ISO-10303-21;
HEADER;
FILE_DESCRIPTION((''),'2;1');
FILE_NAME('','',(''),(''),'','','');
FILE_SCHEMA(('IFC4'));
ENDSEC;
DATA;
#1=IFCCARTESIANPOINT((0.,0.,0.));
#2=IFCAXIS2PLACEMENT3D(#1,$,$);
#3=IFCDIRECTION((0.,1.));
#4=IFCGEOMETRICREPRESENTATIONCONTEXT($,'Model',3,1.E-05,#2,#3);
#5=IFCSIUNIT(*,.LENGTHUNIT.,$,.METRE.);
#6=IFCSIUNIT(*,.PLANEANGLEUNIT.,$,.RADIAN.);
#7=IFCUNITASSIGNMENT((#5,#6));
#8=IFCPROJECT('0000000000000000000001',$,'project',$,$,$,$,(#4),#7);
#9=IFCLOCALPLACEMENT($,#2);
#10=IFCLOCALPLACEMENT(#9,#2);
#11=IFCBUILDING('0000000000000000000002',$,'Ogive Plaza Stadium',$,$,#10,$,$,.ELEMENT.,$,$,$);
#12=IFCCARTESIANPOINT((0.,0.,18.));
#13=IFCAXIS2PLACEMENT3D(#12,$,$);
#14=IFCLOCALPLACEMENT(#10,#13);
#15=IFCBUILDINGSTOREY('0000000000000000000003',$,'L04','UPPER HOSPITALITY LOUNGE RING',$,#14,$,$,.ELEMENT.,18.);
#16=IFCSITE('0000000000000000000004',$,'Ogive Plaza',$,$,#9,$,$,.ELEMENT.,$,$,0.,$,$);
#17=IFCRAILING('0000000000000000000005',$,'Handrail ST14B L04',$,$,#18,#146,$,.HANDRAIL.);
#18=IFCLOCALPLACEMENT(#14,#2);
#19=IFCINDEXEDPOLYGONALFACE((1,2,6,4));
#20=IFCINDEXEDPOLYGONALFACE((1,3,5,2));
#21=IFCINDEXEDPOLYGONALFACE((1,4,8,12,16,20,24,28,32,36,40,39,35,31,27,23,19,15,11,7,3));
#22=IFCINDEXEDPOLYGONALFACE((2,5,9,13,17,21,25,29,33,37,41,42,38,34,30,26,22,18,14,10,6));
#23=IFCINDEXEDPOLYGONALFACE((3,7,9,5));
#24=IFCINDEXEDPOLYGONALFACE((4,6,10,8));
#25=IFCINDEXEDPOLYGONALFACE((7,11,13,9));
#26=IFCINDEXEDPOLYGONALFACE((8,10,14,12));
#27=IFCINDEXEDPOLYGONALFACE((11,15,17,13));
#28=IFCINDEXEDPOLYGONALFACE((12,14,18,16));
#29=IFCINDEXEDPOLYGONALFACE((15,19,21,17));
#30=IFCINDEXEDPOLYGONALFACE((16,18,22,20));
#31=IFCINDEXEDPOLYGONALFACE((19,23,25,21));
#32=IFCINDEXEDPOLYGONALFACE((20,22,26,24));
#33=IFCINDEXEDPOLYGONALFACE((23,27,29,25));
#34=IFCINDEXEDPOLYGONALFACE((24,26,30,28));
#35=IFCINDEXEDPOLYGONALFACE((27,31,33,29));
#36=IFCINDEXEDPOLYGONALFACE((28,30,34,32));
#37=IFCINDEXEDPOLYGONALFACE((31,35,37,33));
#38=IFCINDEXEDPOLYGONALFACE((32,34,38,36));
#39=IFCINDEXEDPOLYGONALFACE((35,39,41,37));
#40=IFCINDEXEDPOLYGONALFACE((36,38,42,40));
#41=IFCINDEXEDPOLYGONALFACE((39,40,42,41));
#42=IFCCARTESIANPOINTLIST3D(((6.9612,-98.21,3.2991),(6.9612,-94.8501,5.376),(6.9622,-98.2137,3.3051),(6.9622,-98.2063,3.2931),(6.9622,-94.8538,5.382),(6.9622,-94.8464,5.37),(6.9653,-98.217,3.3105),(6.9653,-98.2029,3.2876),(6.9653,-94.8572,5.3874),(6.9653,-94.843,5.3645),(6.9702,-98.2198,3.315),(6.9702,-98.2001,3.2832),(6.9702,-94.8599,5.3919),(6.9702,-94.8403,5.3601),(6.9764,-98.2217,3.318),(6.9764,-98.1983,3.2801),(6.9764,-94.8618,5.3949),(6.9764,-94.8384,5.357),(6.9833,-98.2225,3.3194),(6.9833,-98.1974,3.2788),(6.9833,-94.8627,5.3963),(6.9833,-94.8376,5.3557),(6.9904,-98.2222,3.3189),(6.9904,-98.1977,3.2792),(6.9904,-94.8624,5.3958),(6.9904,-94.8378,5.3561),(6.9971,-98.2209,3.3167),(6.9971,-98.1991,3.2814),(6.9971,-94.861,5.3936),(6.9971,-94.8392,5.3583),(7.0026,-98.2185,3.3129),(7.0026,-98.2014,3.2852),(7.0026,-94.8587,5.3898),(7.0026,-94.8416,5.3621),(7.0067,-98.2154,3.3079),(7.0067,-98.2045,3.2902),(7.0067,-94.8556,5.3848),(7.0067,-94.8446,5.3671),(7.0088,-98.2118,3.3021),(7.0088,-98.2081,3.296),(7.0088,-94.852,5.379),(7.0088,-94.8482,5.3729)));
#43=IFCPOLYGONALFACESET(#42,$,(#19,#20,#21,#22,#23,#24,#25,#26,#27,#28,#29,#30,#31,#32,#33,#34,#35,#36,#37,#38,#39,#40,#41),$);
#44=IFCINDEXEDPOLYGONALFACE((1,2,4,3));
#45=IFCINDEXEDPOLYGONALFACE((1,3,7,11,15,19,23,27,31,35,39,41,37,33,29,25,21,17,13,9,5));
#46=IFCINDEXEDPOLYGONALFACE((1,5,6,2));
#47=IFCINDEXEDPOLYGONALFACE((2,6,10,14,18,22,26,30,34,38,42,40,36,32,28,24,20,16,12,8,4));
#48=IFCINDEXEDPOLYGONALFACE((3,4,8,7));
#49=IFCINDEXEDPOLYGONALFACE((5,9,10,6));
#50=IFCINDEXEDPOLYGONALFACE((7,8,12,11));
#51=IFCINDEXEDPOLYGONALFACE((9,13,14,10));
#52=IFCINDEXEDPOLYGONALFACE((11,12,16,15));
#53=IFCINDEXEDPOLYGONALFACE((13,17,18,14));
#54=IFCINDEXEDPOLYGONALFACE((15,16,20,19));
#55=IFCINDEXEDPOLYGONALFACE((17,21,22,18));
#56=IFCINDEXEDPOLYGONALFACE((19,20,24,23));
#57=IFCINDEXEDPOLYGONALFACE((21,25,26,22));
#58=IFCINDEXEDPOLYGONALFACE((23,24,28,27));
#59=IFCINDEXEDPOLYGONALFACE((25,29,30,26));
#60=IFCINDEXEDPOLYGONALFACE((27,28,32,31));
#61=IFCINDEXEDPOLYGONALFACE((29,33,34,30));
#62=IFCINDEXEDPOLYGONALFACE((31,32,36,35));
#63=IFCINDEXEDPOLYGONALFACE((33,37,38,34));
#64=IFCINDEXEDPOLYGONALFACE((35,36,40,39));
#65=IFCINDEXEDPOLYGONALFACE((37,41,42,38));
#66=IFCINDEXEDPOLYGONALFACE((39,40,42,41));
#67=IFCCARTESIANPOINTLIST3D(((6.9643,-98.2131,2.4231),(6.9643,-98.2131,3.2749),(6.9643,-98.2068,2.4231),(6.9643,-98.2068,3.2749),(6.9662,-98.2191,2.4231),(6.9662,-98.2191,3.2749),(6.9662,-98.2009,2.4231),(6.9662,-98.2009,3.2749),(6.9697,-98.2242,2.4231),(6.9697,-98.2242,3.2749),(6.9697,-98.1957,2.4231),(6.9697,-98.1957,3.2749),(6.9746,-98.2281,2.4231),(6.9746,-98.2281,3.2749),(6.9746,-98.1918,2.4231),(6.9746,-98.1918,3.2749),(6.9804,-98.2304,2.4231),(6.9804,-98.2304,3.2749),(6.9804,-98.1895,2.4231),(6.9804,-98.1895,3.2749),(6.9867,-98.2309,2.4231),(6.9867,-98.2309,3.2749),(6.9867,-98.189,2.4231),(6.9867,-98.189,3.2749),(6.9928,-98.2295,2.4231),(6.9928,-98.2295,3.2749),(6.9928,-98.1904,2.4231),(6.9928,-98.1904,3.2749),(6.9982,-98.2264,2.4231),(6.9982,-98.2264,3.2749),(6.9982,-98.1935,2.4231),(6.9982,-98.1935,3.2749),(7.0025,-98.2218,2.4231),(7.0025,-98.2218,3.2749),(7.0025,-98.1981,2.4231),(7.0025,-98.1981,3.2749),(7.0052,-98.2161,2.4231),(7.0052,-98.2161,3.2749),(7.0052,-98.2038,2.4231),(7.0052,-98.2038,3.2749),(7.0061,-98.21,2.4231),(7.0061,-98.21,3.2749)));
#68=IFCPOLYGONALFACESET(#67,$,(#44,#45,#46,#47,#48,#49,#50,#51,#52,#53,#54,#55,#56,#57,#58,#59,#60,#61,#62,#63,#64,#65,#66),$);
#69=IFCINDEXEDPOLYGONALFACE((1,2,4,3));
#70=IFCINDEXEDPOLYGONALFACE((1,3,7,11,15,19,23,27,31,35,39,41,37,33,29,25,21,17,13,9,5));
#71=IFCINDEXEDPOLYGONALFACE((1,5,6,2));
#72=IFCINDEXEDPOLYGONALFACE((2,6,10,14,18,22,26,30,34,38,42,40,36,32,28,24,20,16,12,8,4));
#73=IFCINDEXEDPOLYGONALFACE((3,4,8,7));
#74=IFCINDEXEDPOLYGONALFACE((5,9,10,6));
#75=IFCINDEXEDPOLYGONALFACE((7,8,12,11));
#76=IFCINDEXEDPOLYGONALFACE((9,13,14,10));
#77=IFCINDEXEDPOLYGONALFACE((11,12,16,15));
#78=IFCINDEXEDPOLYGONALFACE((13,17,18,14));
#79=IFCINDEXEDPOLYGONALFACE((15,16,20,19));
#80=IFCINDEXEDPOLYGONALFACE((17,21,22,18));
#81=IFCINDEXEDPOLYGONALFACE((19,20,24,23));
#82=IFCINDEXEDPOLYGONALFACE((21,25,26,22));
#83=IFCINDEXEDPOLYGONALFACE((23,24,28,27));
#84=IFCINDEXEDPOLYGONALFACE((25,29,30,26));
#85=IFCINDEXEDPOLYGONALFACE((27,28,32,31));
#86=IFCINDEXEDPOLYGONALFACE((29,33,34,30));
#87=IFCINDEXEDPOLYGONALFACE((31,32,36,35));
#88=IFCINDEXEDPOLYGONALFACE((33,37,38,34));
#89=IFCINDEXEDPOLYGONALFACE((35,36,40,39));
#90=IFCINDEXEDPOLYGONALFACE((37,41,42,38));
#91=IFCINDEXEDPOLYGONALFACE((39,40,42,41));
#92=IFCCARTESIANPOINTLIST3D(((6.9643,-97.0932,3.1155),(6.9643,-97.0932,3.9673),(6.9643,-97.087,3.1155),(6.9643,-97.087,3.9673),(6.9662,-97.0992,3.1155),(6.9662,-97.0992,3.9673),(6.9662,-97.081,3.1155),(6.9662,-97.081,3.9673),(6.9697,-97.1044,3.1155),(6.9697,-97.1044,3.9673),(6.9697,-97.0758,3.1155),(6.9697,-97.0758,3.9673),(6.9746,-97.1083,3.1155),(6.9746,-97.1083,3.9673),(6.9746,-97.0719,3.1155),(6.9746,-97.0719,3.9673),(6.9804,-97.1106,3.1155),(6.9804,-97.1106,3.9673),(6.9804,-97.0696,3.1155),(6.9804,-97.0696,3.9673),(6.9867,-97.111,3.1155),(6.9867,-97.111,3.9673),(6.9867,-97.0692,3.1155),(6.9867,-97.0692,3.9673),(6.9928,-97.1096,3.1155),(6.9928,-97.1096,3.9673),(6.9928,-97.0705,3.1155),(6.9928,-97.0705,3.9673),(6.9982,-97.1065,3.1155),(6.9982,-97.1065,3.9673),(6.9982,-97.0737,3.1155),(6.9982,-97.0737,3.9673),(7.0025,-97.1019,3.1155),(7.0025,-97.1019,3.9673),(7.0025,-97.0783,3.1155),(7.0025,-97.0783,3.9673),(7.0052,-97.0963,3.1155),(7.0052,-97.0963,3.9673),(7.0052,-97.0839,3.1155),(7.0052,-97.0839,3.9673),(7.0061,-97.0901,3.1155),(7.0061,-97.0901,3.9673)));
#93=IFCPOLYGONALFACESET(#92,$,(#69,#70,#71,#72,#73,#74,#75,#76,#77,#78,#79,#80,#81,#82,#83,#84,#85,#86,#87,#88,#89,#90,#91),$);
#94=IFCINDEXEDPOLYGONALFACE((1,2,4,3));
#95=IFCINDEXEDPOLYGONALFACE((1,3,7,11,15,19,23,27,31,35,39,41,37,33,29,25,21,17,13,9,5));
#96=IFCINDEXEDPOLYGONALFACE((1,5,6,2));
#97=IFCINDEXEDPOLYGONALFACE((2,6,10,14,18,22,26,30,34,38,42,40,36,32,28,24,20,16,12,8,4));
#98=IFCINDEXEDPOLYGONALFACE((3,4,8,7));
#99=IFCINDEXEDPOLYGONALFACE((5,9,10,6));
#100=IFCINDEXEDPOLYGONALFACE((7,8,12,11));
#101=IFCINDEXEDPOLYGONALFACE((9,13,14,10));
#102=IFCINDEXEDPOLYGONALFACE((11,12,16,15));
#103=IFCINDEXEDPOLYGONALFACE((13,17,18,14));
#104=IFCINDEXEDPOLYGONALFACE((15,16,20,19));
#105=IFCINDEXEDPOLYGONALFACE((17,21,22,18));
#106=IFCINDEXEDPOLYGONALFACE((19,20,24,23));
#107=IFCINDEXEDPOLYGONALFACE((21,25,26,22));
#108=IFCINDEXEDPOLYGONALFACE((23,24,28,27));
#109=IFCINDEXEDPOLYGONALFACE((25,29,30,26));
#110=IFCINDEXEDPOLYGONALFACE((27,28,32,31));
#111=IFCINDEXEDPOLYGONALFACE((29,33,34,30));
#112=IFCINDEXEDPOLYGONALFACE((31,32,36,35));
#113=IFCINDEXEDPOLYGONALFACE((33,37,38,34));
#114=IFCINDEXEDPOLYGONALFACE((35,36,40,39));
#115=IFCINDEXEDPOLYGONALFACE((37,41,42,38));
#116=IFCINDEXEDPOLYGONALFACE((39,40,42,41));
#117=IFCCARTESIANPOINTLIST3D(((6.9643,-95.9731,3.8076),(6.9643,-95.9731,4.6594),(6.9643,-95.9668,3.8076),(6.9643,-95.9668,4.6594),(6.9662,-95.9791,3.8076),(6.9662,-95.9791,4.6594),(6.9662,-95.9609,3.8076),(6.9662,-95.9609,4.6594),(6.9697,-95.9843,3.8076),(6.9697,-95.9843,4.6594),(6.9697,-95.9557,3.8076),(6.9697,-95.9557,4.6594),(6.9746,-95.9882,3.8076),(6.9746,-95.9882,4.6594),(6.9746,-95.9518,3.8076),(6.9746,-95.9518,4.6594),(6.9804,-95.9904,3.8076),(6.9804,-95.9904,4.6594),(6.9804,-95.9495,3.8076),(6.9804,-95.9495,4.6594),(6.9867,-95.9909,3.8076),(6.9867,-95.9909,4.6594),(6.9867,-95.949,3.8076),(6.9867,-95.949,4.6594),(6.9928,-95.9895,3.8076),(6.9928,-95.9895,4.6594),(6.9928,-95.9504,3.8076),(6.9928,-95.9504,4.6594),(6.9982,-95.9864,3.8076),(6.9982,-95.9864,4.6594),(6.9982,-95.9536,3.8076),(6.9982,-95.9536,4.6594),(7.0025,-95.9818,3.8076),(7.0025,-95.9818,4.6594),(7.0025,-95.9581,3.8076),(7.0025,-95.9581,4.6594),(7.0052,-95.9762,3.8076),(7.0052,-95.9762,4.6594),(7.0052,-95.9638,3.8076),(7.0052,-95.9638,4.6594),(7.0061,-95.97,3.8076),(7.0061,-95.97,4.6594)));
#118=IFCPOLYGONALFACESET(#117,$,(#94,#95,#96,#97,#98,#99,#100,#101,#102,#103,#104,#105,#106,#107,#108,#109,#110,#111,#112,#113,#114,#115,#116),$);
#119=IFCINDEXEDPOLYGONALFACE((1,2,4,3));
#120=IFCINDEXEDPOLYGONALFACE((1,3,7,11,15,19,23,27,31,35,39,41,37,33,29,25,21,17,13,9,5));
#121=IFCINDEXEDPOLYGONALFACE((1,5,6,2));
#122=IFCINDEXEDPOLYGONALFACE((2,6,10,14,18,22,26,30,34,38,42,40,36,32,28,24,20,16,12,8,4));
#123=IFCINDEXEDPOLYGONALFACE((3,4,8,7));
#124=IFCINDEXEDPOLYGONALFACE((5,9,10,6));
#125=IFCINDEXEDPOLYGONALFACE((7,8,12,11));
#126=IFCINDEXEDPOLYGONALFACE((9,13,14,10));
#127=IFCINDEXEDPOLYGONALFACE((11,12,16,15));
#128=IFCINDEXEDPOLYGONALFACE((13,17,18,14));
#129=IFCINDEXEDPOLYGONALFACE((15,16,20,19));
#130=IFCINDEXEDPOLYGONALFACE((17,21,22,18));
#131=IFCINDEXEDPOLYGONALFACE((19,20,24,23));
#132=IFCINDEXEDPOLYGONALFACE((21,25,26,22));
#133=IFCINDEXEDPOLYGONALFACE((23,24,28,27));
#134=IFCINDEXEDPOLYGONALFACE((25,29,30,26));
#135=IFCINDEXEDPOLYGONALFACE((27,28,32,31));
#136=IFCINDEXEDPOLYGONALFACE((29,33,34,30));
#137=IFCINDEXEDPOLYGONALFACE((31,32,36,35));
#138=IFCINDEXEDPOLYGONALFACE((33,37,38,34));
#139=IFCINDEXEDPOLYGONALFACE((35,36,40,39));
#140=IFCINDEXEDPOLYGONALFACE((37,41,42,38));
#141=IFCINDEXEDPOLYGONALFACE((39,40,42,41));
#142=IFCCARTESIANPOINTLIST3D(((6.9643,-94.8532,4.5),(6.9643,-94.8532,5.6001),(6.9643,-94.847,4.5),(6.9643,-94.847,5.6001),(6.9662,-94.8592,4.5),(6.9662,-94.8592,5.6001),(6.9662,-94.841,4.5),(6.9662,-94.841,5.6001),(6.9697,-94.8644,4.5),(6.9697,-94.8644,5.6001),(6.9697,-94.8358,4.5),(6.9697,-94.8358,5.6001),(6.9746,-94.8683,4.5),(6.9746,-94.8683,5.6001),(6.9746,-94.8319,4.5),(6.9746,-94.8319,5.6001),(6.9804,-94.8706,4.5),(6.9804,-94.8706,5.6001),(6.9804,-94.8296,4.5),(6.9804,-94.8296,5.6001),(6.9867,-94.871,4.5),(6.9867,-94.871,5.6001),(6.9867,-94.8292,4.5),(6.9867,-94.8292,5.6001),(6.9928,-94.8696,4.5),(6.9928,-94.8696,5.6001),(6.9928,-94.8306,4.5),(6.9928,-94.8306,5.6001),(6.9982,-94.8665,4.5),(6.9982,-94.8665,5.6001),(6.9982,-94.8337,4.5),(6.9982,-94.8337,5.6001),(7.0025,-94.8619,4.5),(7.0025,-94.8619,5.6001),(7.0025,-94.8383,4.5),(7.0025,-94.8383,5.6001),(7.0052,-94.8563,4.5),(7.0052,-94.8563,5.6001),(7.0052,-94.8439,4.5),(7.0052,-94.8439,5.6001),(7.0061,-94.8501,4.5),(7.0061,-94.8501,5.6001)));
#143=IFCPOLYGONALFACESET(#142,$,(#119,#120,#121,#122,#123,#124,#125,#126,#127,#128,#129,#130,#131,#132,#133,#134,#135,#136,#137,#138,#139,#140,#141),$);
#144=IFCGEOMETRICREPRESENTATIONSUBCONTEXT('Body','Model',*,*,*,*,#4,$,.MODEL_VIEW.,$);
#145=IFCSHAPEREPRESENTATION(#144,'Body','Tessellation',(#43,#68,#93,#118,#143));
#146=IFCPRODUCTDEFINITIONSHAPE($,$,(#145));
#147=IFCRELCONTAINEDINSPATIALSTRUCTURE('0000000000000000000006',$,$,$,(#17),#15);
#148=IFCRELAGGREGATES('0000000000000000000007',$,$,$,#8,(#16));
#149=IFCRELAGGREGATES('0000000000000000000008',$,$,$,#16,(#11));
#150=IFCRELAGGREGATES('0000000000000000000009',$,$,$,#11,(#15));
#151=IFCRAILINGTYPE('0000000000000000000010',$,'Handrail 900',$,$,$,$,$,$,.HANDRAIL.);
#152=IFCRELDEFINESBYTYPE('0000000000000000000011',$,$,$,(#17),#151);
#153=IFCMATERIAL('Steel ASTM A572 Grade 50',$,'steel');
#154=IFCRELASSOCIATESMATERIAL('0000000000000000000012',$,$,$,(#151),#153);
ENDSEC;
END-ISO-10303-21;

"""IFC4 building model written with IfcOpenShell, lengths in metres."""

from ifc_helpers import new_model, si_unit, direction, frame, origin, origin_2d, place, context, subcontext, project, spatial, circle, extrude, material, type_object, element, save


model = new_model("IFC4")

# Units and contexts
model_context = context("Model", 3, precision=1e-05, world=origin(), true_north=direction((0.0, 1.0)))
body_context = subcontext(model_context, "Body", "Model", "MODEL_VIEW")
ifc_project = project(units=[si_unit("LENGTHUNIT", "METRE"), si_unit("PLANEANGLEUNIT", "RADIAN")], contexts=[model_context])

# Site, building, storey
site_placement = place(None, origin())
site = spatial("IfcSite", under=ifc_project, at=site_placement, Name="Ogive Plaza", CompositionType="ELEMENT", RefElevation=0.0)
building_placement = place(site_placement, origin())
building = spatial("IfcBuilding", under=site, at=building_placement, Name="Ogive Plaza Stadium", CompositionType="ELEMENT")
storey_placement = place(building_placement, frame((0.0, 0.0, 18.0)))
storey = spatial("IfcBuildingStorey", under=building, at=storey_placement, Name="L04", Description="UPPER HOSPITALITY LOUNGE RING", CompositionType="ELEMENT", Elevation=18.0)

# Railing
ifc_material_1 = material(Name="Steel ASTM A572 Grade 50", Category="steel")
railing_type_1 = type_object("IfcRailingType", Name="Handrail 900", PredefinedType="HANDRAIL", material=ifc_material_1)
for number, where, name in (
    (1, (6.9851, -98.21, 2.4231), "Handrail ST14B L04"),
):
    element("IfcRailing", number, at=place(storey_placement, frame(where)), inside=storey, type_object=railing_type_1, Name=name, PredefinedType="HANDRAIL", context=body_context, shape_type="SweptSolid", body=[
        extrude(circle(Radius=0.0239, at=origin_2d()), frame((0.0, 0.0, 0.876), z_axis=(0.0, 0.850606, 0.525803), x_axis=(-1.0, 0.0, 0.0)), (0.0, 0.0, 1.0), 3.95),
        extrude(circle(Radius=0.021, at=origin_2d()), origin(), (0.0, 0.0, 1.0), 0.8518),
        extrude(circle(Radius=0.021, at=origin_2d()), frame((0.0, 1.1199, 0.6924)), (0.0, 0.0, 1.0), 0.8518),
        extrude(circle(Radius=0.021, at=origin_2d()), frame((0.0, 2.24, 1.3845)), (0.0, 0.0, 1.0), 0.8518),
        extrude(circle(Radius=0.021, at=origin_2d()), frame((0.0, 3.3599, 2.0769)), (0.0, 0.0, 1.0), 1.1001),
    ])

save(model, "model.ifc")
